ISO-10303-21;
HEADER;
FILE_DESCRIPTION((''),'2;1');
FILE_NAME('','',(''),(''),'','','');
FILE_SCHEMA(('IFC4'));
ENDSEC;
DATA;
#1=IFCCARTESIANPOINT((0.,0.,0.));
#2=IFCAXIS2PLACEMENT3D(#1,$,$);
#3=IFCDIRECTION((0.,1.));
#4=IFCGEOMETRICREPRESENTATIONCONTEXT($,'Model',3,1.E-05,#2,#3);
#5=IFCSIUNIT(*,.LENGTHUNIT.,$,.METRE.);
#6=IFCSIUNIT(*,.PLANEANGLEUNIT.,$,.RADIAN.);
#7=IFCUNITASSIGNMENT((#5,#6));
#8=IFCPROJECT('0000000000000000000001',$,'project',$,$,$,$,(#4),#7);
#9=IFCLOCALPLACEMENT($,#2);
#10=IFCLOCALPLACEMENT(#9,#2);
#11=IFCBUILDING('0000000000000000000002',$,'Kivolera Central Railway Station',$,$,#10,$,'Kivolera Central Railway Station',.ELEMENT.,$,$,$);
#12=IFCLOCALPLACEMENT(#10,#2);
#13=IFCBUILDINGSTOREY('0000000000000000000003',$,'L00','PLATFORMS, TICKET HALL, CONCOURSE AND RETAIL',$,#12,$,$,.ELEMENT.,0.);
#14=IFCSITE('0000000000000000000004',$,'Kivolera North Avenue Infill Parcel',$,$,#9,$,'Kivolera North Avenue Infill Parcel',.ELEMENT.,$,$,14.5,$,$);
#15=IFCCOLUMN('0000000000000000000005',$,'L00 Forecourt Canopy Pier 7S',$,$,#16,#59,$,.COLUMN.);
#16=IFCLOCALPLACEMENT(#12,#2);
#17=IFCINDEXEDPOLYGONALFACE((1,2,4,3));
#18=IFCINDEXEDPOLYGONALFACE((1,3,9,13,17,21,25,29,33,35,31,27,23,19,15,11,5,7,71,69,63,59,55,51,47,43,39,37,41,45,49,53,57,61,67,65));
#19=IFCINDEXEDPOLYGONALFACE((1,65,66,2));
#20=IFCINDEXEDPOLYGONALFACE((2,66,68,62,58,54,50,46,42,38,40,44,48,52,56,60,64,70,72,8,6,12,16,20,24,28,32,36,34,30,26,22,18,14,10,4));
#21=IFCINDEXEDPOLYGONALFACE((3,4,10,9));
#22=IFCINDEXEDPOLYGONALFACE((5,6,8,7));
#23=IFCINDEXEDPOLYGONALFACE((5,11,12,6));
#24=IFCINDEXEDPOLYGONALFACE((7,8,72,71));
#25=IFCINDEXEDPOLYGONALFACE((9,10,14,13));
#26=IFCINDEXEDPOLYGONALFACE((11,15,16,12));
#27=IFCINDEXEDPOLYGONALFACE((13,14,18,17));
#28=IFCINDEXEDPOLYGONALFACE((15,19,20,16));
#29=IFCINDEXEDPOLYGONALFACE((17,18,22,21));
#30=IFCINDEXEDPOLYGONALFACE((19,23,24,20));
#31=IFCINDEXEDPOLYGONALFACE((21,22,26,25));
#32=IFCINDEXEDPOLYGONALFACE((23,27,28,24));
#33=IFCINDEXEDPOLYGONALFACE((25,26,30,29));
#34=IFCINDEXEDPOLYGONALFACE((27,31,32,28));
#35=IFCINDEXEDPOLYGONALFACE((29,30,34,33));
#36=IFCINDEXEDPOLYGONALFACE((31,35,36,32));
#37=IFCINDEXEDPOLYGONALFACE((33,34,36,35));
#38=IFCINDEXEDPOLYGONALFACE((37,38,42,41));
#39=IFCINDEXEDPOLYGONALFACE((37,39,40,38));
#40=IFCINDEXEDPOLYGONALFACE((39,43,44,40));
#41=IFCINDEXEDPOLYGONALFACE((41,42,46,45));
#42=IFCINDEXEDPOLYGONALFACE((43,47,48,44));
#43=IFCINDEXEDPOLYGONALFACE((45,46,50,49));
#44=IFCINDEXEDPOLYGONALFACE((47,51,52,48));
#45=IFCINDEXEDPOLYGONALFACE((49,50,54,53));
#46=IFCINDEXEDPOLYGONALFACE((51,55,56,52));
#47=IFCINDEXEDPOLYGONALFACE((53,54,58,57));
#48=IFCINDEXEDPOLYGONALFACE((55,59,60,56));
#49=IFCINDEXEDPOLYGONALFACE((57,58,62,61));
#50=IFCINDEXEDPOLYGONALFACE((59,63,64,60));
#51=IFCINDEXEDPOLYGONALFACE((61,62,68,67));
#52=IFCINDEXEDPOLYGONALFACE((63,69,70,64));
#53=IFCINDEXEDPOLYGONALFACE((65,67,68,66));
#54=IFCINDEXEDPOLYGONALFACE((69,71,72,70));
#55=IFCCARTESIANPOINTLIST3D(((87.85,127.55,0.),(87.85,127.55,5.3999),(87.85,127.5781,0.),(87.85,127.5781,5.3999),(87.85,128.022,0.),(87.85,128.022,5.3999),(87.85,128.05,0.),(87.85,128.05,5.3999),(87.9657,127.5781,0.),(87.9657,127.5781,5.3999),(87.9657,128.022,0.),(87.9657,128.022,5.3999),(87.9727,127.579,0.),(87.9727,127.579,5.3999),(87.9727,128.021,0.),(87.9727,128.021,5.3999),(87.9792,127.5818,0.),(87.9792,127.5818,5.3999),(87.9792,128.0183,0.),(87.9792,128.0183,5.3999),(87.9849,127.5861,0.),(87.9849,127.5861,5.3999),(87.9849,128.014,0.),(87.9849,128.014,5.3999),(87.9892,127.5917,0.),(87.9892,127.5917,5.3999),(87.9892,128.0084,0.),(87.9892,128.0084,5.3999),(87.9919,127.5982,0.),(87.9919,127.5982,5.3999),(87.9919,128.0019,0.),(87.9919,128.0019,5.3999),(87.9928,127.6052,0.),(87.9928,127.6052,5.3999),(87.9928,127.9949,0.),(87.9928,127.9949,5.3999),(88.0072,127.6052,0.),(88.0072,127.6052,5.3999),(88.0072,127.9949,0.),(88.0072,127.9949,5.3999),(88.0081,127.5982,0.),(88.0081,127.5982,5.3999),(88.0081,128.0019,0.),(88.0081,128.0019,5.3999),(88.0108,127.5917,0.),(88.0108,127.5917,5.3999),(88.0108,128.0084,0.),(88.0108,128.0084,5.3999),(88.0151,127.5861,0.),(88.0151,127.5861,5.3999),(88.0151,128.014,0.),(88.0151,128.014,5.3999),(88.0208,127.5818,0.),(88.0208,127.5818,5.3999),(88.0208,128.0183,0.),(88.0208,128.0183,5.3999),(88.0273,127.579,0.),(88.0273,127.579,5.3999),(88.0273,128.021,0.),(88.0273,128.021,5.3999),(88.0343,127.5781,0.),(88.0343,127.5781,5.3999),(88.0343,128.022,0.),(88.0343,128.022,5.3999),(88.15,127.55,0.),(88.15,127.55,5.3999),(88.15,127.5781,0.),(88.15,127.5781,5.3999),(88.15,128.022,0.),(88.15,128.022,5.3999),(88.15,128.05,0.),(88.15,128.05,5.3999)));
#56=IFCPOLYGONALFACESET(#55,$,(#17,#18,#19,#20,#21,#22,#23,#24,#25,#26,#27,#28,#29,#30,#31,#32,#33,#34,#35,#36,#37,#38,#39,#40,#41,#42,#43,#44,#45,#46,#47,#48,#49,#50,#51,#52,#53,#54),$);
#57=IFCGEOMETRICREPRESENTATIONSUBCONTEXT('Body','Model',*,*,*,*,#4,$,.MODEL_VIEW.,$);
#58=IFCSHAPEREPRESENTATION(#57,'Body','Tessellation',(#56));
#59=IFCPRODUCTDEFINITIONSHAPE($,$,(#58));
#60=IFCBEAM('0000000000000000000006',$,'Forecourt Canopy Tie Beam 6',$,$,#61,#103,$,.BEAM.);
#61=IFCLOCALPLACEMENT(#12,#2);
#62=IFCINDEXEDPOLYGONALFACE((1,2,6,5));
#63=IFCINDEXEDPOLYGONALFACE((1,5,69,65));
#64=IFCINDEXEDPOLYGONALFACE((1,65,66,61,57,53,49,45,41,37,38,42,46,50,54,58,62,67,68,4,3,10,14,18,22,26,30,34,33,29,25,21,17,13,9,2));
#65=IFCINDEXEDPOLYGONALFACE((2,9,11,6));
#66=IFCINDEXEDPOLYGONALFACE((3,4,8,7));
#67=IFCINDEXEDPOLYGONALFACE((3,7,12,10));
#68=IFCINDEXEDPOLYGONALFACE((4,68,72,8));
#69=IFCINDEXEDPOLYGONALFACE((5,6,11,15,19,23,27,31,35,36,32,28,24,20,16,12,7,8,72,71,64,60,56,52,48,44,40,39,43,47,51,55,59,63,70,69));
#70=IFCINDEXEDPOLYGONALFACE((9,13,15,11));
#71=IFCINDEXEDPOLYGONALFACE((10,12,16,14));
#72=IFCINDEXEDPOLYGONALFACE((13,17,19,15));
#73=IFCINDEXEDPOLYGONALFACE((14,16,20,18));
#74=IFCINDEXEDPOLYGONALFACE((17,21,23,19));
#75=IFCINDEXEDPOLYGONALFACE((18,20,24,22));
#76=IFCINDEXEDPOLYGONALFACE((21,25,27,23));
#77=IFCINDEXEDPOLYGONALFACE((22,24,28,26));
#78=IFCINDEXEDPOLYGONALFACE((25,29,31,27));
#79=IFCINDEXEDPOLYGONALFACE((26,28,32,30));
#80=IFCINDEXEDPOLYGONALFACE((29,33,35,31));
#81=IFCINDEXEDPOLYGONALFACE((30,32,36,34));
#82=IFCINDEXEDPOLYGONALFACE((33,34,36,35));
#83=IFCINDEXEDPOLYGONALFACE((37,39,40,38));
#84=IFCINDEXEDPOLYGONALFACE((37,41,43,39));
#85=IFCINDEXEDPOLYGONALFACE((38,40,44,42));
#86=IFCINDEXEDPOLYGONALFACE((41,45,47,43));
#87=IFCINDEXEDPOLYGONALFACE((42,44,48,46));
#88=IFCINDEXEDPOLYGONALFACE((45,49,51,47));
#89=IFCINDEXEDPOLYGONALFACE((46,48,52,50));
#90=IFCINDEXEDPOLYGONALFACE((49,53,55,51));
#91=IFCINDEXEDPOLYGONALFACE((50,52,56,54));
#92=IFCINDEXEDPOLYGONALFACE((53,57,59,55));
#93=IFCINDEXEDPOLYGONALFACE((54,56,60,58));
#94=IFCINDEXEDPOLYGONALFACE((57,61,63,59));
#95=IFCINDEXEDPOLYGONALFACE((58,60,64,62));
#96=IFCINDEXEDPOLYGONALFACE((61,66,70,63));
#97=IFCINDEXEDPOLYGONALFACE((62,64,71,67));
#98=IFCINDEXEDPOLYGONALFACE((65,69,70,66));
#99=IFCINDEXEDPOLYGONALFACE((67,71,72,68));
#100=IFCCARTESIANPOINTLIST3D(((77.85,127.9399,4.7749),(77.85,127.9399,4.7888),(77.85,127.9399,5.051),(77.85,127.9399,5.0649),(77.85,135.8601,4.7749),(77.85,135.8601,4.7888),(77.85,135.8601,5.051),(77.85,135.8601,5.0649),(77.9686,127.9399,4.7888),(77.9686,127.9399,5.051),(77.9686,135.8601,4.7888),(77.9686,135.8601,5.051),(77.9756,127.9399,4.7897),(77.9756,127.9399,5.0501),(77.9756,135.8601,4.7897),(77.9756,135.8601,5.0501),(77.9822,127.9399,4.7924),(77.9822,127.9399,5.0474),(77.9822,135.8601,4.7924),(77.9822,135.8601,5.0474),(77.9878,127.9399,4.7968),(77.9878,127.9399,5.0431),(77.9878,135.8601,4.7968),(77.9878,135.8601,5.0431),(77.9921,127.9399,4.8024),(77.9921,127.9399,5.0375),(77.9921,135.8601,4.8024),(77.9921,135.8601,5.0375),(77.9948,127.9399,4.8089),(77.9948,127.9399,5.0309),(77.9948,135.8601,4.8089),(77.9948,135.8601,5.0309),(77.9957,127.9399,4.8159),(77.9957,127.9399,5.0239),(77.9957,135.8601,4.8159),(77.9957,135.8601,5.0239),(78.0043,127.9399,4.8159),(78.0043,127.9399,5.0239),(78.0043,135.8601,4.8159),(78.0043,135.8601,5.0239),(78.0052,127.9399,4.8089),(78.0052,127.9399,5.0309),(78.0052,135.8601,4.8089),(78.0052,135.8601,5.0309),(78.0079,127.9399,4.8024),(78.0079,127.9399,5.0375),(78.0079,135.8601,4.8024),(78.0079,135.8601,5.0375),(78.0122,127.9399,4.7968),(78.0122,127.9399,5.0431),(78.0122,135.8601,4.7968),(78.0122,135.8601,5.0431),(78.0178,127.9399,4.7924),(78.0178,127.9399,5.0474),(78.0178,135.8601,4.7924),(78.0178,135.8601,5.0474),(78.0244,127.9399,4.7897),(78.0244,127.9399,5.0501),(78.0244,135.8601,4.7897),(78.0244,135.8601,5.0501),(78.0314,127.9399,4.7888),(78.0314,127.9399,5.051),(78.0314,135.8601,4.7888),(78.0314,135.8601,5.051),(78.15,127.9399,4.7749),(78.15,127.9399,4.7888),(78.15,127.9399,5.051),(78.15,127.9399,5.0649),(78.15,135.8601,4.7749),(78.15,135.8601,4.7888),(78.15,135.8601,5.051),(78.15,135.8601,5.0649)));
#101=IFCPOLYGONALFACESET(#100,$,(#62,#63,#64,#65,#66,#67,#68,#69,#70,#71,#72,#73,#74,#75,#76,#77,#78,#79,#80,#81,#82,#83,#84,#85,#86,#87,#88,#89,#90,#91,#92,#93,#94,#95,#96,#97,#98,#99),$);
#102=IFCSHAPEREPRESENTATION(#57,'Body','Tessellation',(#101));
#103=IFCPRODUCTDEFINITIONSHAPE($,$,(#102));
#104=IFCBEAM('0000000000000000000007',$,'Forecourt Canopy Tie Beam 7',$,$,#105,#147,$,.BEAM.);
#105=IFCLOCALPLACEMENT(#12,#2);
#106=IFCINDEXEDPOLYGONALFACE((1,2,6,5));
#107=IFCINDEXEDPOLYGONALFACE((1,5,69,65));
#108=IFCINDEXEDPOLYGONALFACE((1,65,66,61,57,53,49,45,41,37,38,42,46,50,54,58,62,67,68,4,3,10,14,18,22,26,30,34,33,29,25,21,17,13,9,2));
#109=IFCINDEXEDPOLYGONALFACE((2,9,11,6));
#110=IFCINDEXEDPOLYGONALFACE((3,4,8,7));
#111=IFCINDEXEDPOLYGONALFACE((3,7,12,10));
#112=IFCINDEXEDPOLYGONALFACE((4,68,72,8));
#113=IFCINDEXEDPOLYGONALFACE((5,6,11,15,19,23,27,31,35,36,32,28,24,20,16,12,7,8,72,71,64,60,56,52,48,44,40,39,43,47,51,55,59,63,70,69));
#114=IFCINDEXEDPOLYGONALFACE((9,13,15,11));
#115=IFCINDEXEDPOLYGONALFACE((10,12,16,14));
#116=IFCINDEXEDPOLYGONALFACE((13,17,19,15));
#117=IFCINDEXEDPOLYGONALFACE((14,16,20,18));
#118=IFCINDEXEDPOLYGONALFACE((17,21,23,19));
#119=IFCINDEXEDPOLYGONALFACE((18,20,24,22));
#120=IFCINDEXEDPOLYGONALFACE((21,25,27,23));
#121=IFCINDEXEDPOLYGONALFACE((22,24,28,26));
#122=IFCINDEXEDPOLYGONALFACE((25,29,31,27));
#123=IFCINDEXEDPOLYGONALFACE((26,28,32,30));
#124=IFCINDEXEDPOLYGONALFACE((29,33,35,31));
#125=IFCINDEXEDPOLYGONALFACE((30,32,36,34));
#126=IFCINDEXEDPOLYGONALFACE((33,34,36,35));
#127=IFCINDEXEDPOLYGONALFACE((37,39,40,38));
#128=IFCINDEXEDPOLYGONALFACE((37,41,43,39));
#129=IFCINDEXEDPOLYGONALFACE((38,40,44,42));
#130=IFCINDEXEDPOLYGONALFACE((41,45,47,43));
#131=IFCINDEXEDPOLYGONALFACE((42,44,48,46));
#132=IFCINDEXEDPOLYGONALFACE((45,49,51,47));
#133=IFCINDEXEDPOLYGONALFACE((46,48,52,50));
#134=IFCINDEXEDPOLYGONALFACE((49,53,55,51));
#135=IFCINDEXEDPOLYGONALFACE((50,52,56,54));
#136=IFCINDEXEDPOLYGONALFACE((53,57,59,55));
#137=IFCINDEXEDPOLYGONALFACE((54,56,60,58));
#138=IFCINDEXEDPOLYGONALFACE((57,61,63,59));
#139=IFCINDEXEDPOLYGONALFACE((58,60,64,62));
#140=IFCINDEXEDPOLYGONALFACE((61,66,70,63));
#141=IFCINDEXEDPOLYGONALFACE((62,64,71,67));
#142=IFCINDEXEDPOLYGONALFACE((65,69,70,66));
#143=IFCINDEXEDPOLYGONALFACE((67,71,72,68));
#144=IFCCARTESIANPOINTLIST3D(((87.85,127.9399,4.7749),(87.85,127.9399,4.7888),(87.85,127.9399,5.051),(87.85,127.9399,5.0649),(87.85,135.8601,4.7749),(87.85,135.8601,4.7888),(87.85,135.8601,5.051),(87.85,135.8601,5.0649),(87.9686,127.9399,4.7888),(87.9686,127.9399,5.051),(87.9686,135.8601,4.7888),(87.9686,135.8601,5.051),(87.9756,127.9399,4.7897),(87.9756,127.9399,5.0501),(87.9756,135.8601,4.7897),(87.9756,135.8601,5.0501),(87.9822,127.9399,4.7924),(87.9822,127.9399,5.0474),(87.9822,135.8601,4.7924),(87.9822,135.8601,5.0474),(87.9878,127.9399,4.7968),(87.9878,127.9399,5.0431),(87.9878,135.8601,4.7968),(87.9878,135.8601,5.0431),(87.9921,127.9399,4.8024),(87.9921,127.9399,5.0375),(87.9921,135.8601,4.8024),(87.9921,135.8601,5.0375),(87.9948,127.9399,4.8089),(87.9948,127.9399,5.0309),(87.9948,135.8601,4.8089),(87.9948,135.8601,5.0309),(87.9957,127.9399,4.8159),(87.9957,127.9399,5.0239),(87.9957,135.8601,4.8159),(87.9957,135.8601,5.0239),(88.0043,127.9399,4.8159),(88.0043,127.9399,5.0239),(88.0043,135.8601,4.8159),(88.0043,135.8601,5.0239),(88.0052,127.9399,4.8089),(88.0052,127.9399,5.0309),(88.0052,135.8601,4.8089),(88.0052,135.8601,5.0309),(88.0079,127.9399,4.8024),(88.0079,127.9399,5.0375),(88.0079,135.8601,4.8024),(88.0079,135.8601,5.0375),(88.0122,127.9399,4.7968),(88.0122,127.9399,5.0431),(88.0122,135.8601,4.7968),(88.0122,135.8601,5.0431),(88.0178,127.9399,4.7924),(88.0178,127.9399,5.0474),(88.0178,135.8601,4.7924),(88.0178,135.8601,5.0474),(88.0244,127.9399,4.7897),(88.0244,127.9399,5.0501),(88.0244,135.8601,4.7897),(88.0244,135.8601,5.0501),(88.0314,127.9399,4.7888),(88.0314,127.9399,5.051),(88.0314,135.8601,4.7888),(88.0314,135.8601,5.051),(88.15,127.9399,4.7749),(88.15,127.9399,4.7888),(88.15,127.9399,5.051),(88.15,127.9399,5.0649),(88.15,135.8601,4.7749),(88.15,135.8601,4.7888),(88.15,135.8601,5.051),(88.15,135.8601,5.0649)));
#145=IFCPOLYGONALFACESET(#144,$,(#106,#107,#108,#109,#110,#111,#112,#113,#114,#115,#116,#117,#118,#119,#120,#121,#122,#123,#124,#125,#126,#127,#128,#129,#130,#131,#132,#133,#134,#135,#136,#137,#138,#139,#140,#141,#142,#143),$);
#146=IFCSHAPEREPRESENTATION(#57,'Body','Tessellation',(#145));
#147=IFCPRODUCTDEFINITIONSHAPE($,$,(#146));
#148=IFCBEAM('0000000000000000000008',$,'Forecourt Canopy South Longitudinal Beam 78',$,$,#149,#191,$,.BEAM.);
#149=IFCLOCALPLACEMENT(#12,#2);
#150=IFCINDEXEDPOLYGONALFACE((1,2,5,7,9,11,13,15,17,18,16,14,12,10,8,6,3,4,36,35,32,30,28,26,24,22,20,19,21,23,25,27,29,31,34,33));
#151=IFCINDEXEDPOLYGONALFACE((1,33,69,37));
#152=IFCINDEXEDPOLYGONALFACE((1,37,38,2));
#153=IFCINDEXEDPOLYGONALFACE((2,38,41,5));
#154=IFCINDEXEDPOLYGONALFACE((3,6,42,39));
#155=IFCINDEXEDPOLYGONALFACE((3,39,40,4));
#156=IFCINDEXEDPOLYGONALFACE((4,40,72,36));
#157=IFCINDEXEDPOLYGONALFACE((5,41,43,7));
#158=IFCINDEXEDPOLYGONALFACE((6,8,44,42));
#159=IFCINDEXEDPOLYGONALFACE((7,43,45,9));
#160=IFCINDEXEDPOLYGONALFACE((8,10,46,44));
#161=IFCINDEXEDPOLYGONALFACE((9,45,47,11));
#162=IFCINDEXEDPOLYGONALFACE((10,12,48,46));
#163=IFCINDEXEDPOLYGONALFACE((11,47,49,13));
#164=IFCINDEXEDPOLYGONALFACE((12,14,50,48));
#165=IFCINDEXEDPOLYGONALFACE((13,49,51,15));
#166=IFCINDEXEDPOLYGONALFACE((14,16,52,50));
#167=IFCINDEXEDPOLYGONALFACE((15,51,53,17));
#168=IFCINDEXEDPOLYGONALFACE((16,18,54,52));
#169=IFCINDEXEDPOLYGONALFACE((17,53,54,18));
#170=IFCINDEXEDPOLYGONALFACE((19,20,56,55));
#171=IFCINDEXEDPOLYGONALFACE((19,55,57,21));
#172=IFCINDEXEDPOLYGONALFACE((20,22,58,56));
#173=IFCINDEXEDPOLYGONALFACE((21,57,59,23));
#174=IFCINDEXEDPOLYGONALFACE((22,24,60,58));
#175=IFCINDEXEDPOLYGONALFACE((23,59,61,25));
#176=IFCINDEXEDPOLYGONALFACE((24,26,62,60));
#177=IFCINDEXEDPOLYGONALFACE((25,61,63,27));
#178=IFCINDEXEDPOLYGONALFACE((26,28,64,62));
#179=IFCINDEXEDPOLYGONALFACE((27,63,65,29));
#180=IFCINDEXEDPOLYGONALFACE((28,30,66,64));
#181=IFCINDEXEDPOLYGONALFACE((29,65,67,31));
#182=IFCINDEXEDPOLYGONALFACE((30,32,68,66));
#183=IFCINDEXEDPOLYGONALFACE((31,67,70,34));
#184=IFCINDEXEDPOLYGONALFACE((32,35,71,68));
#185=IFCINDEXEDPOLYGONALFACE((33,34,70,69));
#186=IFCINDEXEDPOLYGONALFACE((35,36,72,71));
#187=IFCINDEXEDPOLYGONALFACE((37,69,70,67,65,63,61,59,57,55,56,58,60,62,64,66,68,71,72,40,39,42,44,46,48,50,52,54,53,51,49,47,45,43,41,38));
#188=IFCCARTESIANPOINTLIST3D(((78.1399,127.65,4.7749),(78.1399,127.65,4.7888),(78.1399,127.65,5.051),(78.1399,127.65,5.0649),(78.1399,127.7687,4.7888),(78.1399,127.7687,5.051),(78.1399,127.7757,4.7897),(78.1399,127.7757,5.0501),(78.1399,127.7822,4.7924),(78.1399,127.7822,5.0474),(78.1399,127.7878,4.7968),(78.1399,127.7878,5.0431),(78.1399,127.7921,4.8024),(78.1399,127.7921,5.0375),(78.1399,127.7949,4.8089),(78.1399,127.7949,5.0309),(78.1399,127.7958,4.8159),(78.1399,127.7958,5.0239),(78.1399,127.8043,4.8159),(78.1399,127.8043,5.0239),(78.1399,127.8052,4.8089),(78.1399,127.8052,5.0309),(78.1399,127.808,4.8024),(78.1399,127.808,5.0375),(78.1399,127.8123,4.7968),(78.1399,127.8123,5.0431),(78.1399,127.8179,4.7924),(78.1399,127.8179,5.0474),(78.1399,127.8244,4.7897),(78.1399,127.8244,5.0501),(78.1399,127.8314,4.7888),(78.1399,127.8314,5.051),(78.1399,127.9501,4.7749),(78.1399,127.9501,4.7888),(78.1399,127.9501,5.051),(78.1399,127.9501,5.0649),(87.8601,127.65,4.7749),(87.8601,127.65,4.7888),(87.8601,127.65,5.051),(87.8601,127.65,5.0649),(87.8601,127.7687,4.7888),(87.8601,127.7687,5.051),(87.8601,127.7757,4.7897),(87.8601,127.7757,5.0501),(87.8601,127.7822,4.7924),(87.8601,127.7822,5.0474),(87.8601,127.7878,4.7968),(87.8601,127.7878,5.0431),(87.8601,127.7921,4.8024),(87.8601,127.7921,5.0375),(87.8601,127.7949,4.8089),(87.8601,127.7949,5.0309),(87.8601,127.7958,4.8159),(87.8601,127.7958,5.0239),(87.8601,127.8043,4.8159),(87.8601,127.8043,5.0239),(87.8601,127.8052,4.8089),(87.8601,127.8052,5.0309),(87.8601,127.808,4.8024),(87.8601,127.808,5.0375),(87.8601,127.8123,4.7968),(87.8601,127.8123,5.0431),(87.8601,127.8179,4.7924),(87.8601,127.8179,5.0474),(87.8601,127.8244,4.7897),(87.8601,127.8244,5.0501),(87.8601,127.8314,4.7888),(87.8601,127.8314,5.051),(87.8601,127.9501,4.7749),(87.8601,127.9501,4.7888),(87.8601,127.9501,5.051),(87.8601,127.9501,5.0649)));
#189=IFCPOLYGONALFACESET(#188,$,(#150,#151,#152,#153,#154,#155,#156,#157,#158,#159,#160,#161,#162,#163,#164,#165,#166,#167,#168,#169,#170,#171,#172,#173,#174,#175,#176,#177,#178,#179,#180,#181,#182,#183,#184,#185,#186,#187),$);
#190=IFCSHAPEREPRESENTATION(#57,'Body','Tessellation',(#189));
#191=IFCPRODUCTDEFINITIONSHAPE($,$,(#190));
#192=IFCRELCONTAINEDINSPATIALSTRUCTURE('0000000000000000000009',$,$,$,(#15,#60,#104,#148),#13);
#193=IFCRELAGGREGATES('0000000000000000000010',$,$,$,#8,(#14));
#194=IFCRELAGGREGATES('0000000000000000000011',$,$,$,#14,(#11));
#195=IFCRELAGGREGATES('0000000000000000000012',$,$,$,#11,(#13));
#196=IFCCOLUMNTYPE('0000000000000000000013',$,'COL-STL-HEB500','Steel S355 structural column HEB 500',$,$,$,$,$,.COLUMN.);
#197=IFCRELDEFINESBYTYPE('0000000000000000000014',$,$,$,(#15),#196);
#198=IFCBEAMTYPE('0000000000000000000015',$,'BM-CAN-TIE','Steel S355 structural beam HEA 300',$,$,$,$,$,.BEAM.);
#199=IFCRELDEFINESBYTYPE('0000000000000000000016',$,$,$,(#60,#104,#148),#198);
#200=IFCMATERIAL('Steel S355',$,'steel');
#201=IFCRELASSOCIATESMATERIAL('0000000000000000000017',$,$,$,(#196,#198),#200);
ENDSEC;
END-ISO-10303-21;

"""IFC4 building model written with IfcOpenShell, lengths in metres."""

from ifc_helpers import new_model, si_unit, direction, frame, origin, origin_2d, place, context, subcontext, project, spatial, i_section, extrude, material, material_profile, profile_set, type_object, element, save


model = new_model("IFC4")

# Units and contexts
model_context = context("Model", 3, precision=1e-05, world=origin(), true_north=direction((0.0, 1.0)))
body_context = subcontext(model_context, "Body", "Model", "MODEL_VIEW")
ifc_project = project(units=[si_unit("LENGTHUNIT", "METRE"), si_unit("PLANEANGLEUNIT", "RADIAN")], contexts=[model_context])

# Site, building, storey
site_placement = place(None, origin())
site = spatial("IfcSite", under=ifc_project, at=site_placement, Name="Kivolera North Avenue Infill Parcel", LongName="Kivolera North Avenue Infill Parcel", CompositionType="ELEMENT", RefElevation=14.5)
building_placement = place(site_placement, origin())
building = spatial("IfcBuilding", under=site, at=building_placement, Name="Kivolera Central Railway Station", LongName="Kivolera Central Railway Station", CompositionType="ELEMENT")
storey_placement = place(building_placement, origin())
storey = spatial("IfcBuildingStorey", under=building, at=storey_placement, Name="L00", Description="PLATFORMS, TICKET HALL, CONCOURSE AND RETAIL", CompositionType="ELEMENT", Elevation=0.0)

# Column
ifc_material_1 = material(Name="Steel S355", Category="steel")
ifc_material_profile_1 = material_profile(ifc_material_1, i_section(OverallWidth=0.3, OverallDepth=0.5, WebThickness=0.0144, FlangeThickness=0.0281, FilletRadius=0.0271, at=origin_2d()), Name="HEB 500")
ifc_profile_set_1 = profile_set([ifc_material_profile_1], Name="Steel S355")
column_type_1 = type_object("IfcColumnType", Name="COL-STL-HEB500", Description="Steel S355 structural column HEB 500", PredefinedType="COLUMN", material=ifc_profile_set_1)
for number, where, z_axis, x_axis, name in (
    (1, (88.0, 127.8, 0.0), (0.0, 0.0, 1.0), (1.0, 0.0, 0.0), "L00 Forecourt Canopy Pier 7S"),
):
    element("IfcColumn", number, at=place(storey_placement, frame(where, z_axis=z_axis, x_axis=x_axis)), inside=storey, type_object=column_type_1, Name=name, PredefinedType="COLUMN", context=body_context, shape_type="SweptSolid", body=[
        extrude(i_section(OverallWidth=0.3, OverallDepth=0.5, WebThickness=0.0144, FlangeThickness=0.0281, FilletRadius=0.0271, at=origin_2d()), origin(), (0.0, 0.0, 1.0), 5.3999),
    ])

# Beams
ifc_material_profile_2 = material_profile(ifc_material_1, i_section(OverallWidth=0.3, OverallDepth=0.29, WebThickness=0.0085, FlangeThickness=0.0139, FilletRadius=0.0271, at=origin_2d()), Name="HEA 300")
ifc_profile_set_2 = profile_set([ifc_material_profile_2], Name="Steel S355")
beam_type = type_object("IfcBeamType", Name="BM-CAN-TIE", Description="Steel S355 structural beam HEA 300", PredefinedType="BEAM", material=ifc_profile_set_2)
for number, where, z_axis, x_axis, name in (
    (2, (78.0, 127.9399, 4.9199), (0.0, 1.0, 0.0), (-1.0, 0.0, 0.0), "Forecourt Canopy Tie Beam 6"),
    (3, (88.0, 127.9399, 4.9199), (0.0, 1.0, 0.0), (-1.0, 0.0, 0.0), "Forecourt Canopy Tie Beam 7"),
):
    element("IfcBeam", number, at=place(storey_placement, frame(where, z_axis=z_axis, x_axis=x_axis)), inside=storey, type_object=beam_type, Name=name, PredefinedType="BEAM", context=body_context, shape_type="SweptSolid", body=[
        extrude(i_section(OverallWidth=0.3, OverallDepth=0.29, WebThickness=0.0085, FlangeThickness=0.0139, FilletRadius=0.0271, at=origin_2d()), origin(), (0.0, 0.0, 1.0), 7.9202),
    ])
beam_placement = place(storey_placement, frame((78.1399, 127.8, 4.9199), z_axis=(1.0, 0.0, 0.0), x_axis=(0.0, 1.0, 0.0)))
element("IfcBeam", 4, at=beam_placement, inside=storey, type_object=beam_type, Name="Forecourt Canopy South Longitudinal Beam 78", PredefinedType="BEAM", context=body_context, shape_type="SweptSolid", body=[
    extrude(i_section(OverallWidth=0.3, OverallDepth=0.29, WebThickness=0.0085, FlangeThickness=0.0139, FilletRadius=0.0271, at=origin_2d()), origin(), (0.0, 0.0, 1.0), 9.7202),
])

save(model, "model.ifc")
